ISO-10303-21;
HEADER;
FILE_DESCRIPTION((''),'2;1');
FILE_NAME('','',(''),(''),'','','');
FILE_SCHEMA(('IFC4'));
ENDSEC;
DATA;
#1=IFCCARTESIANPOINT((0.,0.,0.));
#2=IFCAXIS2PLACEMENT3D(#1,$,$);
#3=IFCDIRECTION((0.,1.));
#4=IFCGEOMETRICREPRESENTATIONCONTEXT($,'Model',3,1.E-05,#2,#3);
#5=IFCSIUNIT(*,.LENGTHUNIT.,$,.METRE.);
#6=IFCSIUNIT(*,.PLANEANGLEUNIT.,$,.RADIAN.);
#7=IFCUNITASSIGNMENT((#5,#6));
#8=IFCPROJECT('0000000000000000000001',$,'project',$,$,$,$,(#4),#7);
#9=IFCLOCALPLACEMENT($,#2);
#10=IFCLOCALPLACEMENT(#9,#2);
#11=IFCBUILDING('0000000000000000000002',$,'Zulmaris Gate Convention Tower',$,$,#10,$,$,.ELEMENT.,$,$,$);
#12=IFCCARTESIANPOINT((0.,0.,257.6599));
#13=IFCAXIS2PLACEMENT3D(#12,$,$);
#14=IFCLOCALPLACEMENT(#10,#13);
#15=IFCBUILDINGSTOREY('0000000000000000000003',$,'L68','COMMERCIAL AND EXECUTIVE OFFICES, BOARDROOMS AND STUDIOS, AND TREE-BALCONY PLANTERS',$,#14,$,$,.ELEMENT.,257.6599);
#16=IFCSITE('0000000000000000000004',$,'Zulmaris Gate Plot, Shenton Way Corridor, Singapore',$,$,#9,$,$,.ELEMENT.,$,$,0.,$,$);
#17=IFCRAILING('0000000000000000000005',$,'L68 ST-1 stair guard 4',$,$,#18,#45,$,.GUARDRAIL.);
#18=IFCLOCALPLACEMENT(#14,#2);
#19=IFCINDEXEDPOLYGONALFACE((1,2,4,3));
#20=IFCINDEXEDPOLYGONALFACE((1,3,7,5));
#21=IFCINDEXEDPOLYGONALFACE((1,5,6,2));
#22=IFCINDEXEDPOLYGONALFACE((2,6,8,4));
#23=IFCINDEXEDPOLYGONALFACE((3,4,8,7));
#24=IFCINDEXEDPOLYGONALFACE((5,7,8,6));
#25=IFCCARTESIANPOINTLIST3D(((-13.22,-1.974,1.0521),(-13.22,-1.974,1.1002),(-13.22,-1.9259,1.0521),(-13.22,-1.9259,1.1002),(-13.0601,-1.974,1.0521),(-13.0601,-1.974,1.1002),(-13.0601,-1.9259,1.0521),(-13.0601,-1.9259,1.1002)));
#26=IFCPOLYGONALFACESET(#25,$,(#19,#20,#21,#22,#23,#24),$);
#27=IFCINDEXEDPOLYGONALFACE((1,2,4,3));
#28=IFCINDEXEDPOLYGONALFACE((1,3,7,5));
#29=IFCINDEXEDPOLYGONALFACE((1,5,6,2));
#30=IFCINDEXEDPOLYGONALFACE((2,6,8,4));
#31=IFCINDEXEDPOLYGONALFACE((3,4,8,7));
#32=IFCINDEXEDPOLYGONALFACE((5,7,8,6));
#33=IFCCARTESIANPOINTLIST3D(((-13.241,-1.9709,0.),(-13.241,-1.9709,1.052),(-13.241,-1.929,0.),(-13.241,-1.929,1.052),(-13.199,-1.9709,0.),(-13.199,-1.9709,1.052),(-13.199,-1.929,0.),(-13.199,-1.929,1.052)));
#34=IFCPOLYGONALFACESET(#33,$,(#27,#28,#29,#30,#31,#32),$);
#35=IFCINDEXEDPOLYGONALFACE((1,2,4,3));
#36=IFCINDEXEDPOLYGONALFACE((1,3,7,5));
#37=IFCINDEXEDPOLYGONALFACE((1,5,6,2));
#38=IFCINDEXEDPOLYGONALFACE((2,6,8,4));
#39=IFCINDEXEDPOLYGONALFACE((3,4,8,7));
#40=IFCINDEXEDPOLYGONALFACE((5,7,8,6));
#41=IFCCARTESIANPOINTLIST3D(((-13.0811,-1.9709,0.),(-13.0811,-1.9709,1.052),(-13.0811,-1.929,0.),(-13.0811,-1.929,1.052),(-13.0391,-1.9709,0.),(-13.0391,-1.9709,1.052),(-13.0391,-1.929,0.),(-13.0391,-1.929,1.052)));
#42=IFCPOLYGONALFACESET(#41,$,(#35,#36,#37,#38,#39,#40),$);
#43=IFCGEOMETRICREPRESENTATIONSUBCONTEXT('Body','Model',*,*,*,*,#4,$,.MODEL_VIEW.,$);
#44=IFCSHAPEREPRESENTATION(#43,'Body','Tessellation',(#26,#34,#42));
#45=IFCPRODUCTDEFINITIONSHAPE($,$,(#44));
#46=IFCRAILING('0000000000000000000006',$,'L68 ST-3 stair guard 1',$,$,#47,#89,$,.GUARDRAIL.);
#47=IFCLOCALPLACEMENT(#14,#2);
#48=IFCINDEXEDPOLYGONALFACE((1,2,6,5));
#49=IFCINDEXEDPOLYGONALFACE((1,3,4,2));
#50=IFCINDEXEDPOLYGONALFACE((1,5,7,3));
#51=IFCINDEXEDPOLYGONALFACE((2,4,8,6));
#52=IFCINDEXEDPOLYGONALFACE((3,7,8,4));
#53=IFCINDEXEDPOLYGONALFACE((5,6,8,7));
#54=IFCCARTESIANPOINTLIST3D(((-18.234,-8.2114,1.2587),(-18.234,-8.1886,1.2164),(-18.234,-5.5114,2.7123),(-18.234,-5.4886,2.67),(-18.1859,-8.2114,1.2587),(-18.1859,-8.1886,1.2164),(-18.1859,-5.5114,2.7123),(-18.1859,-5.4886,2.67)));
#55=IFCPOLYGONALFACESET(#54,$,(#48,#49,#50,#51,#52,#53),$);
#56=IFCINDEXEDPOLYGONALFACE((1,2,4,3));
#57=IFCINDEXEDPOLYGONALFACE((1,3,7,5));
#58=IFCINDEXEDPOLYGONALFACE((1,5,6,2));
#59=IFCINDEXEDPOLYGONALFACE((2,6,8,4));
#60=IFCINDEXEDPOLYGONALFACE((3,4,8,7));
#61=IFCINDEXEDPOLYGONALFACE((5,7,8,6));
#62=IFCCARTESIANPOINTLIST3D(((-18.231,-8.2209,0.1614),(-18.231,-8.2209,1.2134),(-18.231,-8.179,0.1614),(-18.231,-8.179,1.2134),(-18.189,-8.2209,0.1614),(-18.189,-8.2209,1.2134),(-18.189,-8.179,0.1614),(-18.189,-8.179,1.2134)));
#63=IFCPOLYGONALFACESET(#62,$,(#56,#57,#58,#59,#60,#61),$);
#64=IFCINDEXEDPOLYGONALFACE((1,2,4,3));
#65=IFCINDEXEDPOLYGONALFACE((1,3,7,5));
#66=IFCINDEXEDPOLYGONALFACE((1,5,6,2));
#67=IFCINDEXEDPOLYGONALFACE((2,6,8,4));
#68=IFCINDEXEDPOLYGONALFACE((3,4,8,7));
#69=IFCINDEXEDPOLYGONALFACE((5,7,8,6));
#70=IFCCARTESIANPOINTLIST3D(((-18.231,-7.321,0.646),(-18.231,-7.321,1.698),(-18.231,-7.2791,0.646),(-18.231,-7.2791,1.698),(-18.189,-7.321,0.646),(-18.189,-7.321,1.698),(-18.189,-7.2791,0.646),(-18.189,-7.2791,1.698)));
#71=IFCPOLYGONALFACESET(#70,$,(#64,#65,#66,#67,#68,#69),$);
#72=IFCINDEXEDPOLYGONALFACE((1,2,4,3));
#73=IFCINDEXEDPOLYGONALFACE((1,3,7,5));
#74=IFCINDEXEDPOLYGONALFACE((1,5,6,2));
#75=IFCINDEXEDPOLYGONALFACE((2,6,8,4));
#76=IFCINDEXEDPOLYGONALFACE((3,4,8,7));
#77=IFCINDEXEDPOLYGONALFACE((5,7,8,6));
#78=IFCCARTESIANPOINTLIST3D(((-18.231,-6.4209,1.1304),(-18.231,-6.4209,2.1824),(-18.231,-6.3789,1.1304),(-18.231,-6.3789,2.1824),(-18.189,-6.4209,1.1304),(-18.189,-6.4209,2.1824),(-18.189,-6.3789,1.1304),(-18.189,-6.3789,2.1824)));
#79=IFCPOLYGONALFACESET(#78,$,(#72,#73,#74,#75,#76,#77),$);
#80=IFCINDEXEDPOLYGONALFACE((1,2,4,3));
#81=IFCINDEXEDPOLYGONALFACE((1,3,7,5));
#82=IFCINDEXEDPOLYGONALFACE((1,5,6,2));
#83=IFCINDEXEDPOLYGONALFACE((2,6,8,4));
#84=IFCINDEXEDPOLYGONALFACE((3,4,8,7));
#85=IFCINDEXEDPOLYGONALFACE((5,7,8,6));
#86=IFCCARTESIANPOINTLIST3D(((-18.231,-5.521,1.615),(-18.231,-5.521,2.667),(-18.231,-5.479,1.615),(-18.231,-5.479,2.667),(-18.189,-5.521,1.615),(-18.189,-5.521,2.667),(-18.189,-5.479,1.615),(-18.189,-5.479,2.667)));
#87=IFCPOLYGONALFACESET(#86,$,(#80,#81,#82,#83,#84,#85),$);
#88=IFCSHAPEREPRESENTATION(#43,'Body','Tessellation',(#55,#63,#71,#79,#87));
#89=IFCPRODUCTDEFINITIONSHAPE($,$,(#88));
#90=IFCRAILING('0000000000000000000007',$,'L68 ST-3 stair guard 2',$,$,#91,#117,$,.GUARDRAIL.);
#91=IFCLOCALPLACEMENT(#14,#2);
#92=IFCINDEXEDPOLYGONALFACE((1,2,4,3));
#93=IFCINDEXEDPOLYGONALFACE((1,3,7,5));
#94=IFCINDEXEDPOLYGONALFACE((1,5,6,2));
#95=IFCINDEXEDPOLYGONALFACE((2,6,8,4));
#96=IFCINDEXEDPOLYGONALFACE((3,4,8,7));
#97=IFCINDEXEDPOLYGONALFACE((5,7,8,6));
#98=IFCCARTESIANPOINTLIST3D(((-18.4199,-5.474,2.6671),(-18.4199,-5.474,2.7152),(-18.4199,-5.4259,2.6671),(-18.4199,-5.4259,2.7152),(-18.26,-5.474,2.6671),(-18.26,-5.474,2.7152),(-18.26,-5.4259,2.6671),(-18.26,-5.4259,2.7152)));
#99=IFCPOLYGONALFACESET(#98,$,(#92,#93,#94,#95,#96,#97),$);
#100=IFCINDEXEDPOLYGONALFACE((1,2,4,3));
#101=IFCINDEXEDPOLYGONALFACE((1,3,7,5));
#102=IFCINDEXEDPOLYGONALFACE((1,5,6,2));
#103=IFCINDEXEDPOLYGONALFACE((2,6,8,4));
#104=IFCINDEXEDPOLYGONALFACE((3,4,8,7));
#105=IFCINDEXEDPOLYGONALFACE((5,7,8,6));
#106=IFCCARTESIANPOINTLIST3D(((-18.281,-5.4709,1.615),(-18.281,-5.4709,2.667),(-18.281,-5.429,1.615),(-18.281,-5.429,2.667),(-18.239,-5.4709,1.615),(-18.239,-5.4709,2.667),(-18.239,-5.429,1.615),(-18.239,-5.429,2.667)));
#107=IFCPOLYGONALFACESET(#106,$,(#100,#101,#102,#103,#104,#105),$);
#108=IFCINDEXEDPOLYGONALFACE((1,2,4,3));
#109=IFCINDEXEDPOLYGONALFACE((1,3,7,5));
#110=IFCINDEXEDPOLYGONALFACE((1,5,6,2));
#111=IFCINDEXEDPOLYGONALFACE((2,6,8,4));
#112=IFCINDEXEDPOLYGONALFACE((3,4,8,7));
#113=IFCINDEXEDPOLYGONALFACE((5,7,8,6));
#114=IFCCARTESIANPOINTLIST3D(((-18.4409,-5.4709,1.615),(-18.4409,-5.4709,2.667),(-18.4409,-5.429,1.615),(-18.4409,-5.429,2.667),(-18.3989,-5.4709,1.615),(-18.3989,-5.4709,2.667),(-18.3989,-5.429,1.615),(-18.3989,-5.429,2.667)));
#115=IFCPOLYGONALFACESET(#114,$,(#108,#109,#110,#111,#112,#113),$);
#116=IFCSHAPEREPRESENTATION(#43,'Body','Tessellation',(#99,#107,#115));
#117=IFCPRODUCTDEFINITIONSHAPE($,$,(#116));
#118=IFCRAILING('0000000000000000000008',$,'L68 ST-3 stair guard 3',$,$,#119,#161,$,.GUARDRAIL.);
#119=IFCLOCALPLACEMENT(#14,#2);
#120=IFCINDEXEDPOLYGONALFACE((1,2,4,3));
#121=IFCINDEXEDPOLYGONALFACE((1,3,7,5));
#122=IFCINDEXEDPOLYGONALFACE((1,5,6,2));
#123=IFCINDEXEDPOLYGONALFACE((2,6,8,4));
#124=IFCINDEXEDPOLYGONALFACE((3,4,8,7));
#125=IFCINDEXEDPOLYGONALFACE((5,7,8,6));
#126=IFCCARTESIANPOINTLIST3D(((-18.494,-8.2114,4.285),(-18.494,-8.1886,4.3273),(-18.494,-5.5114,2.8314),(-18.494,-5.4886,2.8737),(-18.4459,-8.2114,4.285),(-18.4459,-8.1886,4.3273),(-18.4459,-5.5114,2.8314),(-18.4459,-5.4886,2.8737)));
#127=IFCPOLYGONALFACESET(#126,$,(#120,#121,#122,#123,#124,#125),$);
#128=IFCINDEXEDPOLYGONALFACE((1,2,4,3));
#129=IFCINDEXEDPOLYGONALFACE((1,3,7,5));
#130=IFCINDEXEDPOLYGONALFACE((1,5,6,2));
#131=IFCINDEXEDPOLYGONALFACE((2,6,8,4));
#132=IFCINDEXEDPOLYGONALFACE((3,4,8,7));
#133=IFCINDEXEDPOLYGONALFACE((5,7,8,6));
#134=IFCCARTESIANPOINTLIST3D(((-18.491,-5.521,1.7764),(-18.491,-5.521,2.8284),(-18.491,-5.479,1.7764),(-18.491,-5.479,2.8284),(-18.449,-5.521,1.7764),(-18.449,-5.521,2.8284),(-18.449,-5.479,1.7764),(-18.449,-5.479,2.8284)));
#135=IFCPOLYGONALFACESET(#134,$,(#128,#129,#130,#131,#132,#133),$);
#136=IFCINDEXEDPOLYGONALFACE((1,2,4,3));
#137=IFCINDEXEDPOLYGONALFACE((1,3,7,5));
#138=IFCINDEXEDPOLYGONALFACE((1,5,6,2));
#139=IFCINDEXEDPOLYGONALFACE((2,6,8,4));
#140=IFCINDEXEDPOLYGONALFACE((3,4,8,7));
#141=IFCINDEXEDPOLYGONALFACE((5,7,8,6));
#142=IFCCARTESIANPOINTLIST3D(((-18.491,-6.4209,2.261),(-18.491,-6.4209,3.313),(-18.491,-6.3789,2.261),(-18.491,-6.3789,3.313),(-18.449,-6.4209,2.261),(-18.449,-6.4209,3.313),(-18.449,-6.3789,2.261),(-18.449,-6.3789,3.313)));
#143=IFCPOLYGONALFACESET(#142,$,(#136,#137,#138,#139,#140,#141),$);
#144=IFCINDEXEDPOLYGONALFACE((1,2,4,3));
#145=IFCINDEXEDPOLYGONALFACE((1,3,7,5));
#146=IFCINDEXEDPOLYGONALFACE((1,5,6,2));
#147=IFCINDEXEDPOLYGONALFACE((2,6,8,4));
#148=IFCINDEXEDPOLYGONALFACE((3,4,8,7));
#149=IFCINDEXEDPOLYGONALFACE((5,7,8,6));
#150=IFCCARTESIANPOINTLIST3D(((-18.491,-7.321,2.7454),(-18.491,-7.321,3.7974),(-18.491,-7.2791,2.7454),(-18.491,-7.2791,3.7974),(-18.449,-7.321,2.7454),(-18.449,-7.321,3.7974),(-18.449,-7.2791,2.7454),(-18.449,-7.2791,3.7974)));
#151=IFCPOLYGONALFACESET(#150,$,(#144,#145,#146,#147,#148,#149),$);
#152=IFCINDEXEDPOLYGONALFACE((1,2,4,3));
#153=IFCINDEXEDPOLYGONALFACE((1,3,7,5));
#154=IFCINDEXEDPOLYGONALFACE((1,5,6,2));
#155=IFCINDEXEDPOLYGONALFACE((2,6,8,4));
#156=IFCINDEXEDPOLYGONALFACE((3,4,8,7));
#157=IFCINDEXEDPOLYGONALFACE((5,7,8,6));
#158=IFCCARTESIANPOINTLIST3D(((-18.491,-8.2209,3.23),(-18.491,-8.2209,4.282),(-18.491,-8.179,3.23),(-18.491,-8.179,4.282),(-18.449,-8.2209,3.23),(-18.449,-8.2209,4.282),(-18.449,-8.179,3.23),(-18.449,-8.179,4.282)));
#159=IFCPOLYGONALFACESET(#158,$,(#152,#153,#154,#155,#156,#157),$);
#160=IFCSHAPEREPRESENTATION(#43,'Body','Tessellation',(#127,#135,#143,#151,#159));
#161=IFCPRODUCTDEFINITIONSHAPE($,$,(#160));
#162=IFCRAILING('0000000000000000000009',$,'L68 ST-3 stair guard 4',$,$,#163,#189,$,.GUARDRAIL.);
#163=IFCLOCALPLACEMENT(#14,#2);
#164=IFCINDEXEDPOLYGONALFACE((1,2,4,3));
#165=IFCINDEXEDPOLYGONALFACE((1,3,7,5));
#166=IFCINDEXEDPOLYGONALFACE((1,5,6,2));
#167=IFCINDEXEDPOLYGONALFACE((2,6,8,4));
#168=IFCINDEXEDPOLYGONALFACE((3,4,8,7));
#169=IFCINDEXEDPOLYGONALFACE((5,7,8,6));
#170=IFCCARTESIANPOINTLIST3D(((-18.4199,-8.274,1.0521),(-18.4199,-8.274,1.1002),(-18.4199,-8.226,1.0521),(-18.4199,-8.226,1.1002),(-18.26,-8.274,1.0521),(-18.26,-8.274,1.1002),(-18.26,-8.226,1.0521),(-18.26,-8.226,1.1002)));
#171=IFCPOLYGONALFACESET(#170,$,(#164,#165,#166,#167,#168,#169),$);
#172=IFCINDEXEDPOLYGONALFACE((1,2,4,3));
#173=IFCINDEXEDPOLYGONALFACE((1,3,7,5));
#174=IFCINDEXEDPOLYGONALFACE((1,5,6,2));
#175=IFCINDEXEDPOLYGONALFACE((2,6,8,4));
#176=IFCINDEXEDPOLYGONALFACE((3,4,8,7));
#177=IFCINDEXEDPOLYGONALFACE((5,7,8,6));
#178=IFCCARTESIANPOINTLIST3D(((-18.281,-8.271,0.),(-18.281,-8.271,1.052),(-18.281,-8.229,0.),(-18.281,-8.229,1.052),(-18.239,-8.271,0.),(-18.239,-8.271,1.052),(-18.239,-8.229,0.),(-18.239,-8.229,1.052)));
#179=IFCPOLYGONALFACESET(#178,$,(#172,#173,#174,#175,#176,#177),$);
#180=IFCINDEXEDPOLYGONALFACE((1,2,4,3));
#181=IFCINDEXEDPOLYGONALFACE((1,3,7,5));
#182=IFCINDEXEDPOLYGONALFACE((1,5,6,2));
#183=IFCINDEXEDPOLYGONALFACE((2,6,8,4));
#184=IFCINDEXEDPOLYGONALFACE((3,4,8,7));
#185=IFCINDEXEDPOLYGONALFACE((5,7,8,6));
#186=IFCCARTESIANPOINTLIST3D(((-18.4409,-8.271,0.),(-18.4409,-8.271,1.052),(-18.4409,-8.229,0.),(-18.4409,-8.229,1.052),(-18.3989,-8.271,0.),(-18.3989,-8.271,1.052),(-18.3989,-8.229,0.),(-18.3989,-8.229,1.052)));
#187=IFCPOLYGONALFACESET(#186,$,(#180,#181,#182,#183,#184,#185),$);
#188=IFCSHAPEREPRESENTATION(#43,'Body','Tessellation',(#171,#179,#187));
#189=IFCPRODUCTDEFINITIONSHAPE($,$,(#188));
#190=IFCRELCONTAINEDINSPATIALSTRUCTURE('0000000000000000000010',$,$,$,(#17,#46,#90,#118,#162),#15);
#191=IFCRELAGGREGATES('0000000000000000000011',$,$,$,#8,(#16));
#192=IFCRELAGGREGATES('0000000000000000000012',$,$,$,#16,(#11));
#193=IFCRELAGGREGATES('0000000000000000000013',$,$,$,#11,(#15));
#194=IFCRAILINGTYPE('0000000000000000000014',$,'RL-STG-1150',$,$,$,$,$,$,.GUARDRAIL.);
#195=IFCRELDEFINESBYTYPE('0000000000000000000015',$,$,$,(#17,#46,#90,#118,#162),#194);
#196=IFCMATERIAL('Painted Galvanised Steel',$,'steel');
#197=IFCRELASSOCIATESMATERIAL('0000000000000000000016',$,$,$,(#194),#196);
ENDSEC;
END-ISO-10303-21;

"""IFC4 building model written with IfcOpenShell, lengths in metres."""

from ifc_helpers import new_model, si_unit, direction, frame, origin, origin_2d, place, context, subcontext, project, spatial, rectangle, extrude, material, type_object, element, save


model = new_model("IFC4")

# Units and contexts
model_context = context("Model", 3, precision=1e-05, world=origin(), true_north=direction((0.0, 1.0)))
body_context = subcontext(model_context, "Body", "Model", "MODEL_VIEW")
ifc_project = project(units=[si_unit("LENGTHUNIT", "METRE"), si_unit("PLANEANGLEUNIT", "RADIAN")], contexts=[model_context])

# Site, building, storey
site_placement = place(None, origin())
site = spatial("IfcSite", under=ifc_project, at=site_placement, Name="Zulmaris Gate Plot, Shenton Way Corridor, Singapore", CompositionType="ELEMENT", RefElevation=0.0)
building_placement = place(site_placement, origin())
building = spatial("IfcBuilding", under=site, at=building_placement, Name="Zulmaris Gate Convention Tower", CompositionType="ELEMENT")
storey_placement = place(building_placement, frame((0.0, 0.0, 257.6599)))
storey = spatial("IfcBuildingStorey", under=building, at=storey_placement, Name="L68", Description="COMMERCIAL AND EXECUTIVE OFFICES, BOARDROOMS AND STUDIOS, AND TREE-BALCONY PLANTERS", CompositionType="ELEMENT", Elevation=257.6599)

# Railings
ifc_material_1 = material(Name="Painted Galvanised Steel", Category="steel")
railing_type_1 = type_object("IfcRailingType", Name="RL-STG-1150", PredefinedType="GUARDRAIL", material=ifc_material_1)
railing_1_placement = place(storey_placement, frame((-13.22, -1.95, 0.0)))
element("IfcRailing", 1, at=railing_1_placement, inside=storey, type_object=railing_type_1, Name="L68 ST-1 stair guard 4", PredefinedType="GUARDRAIL", context=body_context, shape_type="SweptSolid", body=[
    extrude(rectangle(XDim=0.0481, YDim=0.0481, at=origin_2d()), frame((0.0, 0.0, 1.0762), z_axis=(1.0, 0.0, 0.0), x_axis=(0.0, 1.0, 0.0)), (0.0, 0.0, 1.0), 0.1599),
    extrude(rectangle(XDim=0.042, YDim=0.042, at=origin_2d()), origin(), (0.0, 0.0, 1.0), 1.052),
    extrude(rectangle(XDim=0.042, YDim=0.042, at=origin_2d()), frame((0.1599, 0.0, 0.0)), (0.0, 0.0, 1.0), 1.052),
])
railing_2_placement = place(storey_placement, frame((-18.21, -8.2, 0.1614)))
element("IfcRailing", 2, at=railing_2_placement, inside=storey, type_object=railing_type_1, Name="L68 ST-3 stair guard 1", PredefinedType="GUARDRAIL", context=body_context, shape_type="SweptSolid", body=[
    extrude(rectangle(XDim=0.0481, YDim=0.0481, at=origin_2d()), frame((0.0, 0.0, 1.0762), z_axis=(0.0, 0.880499, 0.474048), x_axis=(-1.0, 0.0, 0.0)), (0.0, 0.0, 1.0), 3.0664),
    extrude(rectangle(XDim=0.042, YDim=0.042, at=origin_2d()), origin(), (0.0, 0.0, 1.0), 1.052),
    extrude(rectangle(XDim=0.042, YDim=0.042, at=origin_2d()), frame((0.0, 0.8999, 0.4846)), (0.0, 0.0, 1.0), 1.052),
    extrude(rectangle(XDim=0.042, YDim=0.042, at=origin_2d()), frame((0.0, 1.8, 0.969)), (0.0, 0.0, 1.0), 1.052),
    extrude(rectangle(XDim=0.042, YDim=0.042, at=origin_2d()), frame((0.0, 2.7, 1.4536)), (0.0, 0.0, 1.0), 1.052),
])
railing_3_placement = place(storey_placement, frame((-18.26, -5.45, 1.615)))
element("IfcRailing", 3, at=railing_3_placement, inside=storey, type_object=railing_type_1, Name="L68 ST-3 stair guard 2", PredefinedType="GUARDRAIL", context=body_context, shape_type="SweptSolid", body=[
    extrude(rectangle(XDim=0.0481, YDim=0.0481, at=origin_2d()), frame((0.0, 0.0, 1.0762), z_axis=(-1.0, 0.0, 0.0), x_axis=(0.0, -1.0, 0.0)), (0.0, 0.0, 1.0), 0.1599),
    extrude(rectangle(XDim=0.042, YDim=0.042, at=origin_2d()), origin(), (0.0, 0.0, 1.0), 1.052),
    extrude(rectangle(XDim=0.042, YDim=0.042, at=origin_2d()), frame((-0.1599, 0.0, 0.0)), (0.0, 0.0, 1.0), 1.052),
])
railing_4_placement = place(storey_placement, frame((-18.47, -5.5, 1.7764)))
element("IfcRailing", 4, at=railing_4_placement, inside=storey, type_object=railing_type_1, Name="L68 ST-3 stair guard 3", PredefinedType="GUARDRAIL", context=body_context, shape_type="SweptSolid", body=[
    extrude(rectangle(XDim=0.0481, YDim=0.0481, at=origin_2d()), frame((0.0, 0.0, 1.0762), z_axis=(0.0, -0.880499, 0.474048), x_axis=(1.0, 0.0, 0.0)), (0.0, 0.0, 1.0), 3.0664),
    extrude(rectangle(XDim=0.042, YDim=0.042, at=origin_2d()), origin(), (0.0, 0.0, 1.0), 1.052),
    extrude(rectangle(XDim=0.042, YDim=0.042, at=origin_2d()), frame((0.0, -0.8999, 0.4846)), (0.0, 0.0, 1.0), 1.052),
    extrude(rectangle(XDim=0.042, YDim=0.042, at=origin_2d()), frame((0.0, -1.8, 0.969)), (0.0, 0.0, 1.0), 1.052),
    extrude(rectangle(XDim=0.042, YDim=0.042, at=origin_2d()), frame((0.0, -2.7, 1.4536)), (0.0, 0.0, 1.0), 1.052),
])
railing_5_placement = place(storey_placement, frame((-18.26, -8.25, 0.0)))
element("IfcRailing", 5, at=railing_5_placement, inside=storey, type_object=railing_type_1, Name="L68 ST-3 stair guard 4", PredefinedType="GUARDRAIL", context=body_context, shape_type="SweptSolid", body=[
    extrude(rectangle(XDim=0.0481, YDim=0.0481, at=origin_2d()), frame((0.0, 0.0, 1.0762), z_axis=(-1.0, 0.0, 0.0), x_axis=(0.0, -1.0, 0.0)), (0.0, 0.0, 1.0), 0.1599),
    extrude(rectangle(XDim=0.042, YDim=0.042, at=origin_2d()), origin(), (0.0, 0.0, 1.0), 1.052),
    extrude(rectangle(XDim=0.042, YDim=0.042, at=origin_2d()), frame((-0.1599, 0.0, 0.0)), (0.0, 0.0, 1.0), 1.052),
])

save(model, "model.ifc")
